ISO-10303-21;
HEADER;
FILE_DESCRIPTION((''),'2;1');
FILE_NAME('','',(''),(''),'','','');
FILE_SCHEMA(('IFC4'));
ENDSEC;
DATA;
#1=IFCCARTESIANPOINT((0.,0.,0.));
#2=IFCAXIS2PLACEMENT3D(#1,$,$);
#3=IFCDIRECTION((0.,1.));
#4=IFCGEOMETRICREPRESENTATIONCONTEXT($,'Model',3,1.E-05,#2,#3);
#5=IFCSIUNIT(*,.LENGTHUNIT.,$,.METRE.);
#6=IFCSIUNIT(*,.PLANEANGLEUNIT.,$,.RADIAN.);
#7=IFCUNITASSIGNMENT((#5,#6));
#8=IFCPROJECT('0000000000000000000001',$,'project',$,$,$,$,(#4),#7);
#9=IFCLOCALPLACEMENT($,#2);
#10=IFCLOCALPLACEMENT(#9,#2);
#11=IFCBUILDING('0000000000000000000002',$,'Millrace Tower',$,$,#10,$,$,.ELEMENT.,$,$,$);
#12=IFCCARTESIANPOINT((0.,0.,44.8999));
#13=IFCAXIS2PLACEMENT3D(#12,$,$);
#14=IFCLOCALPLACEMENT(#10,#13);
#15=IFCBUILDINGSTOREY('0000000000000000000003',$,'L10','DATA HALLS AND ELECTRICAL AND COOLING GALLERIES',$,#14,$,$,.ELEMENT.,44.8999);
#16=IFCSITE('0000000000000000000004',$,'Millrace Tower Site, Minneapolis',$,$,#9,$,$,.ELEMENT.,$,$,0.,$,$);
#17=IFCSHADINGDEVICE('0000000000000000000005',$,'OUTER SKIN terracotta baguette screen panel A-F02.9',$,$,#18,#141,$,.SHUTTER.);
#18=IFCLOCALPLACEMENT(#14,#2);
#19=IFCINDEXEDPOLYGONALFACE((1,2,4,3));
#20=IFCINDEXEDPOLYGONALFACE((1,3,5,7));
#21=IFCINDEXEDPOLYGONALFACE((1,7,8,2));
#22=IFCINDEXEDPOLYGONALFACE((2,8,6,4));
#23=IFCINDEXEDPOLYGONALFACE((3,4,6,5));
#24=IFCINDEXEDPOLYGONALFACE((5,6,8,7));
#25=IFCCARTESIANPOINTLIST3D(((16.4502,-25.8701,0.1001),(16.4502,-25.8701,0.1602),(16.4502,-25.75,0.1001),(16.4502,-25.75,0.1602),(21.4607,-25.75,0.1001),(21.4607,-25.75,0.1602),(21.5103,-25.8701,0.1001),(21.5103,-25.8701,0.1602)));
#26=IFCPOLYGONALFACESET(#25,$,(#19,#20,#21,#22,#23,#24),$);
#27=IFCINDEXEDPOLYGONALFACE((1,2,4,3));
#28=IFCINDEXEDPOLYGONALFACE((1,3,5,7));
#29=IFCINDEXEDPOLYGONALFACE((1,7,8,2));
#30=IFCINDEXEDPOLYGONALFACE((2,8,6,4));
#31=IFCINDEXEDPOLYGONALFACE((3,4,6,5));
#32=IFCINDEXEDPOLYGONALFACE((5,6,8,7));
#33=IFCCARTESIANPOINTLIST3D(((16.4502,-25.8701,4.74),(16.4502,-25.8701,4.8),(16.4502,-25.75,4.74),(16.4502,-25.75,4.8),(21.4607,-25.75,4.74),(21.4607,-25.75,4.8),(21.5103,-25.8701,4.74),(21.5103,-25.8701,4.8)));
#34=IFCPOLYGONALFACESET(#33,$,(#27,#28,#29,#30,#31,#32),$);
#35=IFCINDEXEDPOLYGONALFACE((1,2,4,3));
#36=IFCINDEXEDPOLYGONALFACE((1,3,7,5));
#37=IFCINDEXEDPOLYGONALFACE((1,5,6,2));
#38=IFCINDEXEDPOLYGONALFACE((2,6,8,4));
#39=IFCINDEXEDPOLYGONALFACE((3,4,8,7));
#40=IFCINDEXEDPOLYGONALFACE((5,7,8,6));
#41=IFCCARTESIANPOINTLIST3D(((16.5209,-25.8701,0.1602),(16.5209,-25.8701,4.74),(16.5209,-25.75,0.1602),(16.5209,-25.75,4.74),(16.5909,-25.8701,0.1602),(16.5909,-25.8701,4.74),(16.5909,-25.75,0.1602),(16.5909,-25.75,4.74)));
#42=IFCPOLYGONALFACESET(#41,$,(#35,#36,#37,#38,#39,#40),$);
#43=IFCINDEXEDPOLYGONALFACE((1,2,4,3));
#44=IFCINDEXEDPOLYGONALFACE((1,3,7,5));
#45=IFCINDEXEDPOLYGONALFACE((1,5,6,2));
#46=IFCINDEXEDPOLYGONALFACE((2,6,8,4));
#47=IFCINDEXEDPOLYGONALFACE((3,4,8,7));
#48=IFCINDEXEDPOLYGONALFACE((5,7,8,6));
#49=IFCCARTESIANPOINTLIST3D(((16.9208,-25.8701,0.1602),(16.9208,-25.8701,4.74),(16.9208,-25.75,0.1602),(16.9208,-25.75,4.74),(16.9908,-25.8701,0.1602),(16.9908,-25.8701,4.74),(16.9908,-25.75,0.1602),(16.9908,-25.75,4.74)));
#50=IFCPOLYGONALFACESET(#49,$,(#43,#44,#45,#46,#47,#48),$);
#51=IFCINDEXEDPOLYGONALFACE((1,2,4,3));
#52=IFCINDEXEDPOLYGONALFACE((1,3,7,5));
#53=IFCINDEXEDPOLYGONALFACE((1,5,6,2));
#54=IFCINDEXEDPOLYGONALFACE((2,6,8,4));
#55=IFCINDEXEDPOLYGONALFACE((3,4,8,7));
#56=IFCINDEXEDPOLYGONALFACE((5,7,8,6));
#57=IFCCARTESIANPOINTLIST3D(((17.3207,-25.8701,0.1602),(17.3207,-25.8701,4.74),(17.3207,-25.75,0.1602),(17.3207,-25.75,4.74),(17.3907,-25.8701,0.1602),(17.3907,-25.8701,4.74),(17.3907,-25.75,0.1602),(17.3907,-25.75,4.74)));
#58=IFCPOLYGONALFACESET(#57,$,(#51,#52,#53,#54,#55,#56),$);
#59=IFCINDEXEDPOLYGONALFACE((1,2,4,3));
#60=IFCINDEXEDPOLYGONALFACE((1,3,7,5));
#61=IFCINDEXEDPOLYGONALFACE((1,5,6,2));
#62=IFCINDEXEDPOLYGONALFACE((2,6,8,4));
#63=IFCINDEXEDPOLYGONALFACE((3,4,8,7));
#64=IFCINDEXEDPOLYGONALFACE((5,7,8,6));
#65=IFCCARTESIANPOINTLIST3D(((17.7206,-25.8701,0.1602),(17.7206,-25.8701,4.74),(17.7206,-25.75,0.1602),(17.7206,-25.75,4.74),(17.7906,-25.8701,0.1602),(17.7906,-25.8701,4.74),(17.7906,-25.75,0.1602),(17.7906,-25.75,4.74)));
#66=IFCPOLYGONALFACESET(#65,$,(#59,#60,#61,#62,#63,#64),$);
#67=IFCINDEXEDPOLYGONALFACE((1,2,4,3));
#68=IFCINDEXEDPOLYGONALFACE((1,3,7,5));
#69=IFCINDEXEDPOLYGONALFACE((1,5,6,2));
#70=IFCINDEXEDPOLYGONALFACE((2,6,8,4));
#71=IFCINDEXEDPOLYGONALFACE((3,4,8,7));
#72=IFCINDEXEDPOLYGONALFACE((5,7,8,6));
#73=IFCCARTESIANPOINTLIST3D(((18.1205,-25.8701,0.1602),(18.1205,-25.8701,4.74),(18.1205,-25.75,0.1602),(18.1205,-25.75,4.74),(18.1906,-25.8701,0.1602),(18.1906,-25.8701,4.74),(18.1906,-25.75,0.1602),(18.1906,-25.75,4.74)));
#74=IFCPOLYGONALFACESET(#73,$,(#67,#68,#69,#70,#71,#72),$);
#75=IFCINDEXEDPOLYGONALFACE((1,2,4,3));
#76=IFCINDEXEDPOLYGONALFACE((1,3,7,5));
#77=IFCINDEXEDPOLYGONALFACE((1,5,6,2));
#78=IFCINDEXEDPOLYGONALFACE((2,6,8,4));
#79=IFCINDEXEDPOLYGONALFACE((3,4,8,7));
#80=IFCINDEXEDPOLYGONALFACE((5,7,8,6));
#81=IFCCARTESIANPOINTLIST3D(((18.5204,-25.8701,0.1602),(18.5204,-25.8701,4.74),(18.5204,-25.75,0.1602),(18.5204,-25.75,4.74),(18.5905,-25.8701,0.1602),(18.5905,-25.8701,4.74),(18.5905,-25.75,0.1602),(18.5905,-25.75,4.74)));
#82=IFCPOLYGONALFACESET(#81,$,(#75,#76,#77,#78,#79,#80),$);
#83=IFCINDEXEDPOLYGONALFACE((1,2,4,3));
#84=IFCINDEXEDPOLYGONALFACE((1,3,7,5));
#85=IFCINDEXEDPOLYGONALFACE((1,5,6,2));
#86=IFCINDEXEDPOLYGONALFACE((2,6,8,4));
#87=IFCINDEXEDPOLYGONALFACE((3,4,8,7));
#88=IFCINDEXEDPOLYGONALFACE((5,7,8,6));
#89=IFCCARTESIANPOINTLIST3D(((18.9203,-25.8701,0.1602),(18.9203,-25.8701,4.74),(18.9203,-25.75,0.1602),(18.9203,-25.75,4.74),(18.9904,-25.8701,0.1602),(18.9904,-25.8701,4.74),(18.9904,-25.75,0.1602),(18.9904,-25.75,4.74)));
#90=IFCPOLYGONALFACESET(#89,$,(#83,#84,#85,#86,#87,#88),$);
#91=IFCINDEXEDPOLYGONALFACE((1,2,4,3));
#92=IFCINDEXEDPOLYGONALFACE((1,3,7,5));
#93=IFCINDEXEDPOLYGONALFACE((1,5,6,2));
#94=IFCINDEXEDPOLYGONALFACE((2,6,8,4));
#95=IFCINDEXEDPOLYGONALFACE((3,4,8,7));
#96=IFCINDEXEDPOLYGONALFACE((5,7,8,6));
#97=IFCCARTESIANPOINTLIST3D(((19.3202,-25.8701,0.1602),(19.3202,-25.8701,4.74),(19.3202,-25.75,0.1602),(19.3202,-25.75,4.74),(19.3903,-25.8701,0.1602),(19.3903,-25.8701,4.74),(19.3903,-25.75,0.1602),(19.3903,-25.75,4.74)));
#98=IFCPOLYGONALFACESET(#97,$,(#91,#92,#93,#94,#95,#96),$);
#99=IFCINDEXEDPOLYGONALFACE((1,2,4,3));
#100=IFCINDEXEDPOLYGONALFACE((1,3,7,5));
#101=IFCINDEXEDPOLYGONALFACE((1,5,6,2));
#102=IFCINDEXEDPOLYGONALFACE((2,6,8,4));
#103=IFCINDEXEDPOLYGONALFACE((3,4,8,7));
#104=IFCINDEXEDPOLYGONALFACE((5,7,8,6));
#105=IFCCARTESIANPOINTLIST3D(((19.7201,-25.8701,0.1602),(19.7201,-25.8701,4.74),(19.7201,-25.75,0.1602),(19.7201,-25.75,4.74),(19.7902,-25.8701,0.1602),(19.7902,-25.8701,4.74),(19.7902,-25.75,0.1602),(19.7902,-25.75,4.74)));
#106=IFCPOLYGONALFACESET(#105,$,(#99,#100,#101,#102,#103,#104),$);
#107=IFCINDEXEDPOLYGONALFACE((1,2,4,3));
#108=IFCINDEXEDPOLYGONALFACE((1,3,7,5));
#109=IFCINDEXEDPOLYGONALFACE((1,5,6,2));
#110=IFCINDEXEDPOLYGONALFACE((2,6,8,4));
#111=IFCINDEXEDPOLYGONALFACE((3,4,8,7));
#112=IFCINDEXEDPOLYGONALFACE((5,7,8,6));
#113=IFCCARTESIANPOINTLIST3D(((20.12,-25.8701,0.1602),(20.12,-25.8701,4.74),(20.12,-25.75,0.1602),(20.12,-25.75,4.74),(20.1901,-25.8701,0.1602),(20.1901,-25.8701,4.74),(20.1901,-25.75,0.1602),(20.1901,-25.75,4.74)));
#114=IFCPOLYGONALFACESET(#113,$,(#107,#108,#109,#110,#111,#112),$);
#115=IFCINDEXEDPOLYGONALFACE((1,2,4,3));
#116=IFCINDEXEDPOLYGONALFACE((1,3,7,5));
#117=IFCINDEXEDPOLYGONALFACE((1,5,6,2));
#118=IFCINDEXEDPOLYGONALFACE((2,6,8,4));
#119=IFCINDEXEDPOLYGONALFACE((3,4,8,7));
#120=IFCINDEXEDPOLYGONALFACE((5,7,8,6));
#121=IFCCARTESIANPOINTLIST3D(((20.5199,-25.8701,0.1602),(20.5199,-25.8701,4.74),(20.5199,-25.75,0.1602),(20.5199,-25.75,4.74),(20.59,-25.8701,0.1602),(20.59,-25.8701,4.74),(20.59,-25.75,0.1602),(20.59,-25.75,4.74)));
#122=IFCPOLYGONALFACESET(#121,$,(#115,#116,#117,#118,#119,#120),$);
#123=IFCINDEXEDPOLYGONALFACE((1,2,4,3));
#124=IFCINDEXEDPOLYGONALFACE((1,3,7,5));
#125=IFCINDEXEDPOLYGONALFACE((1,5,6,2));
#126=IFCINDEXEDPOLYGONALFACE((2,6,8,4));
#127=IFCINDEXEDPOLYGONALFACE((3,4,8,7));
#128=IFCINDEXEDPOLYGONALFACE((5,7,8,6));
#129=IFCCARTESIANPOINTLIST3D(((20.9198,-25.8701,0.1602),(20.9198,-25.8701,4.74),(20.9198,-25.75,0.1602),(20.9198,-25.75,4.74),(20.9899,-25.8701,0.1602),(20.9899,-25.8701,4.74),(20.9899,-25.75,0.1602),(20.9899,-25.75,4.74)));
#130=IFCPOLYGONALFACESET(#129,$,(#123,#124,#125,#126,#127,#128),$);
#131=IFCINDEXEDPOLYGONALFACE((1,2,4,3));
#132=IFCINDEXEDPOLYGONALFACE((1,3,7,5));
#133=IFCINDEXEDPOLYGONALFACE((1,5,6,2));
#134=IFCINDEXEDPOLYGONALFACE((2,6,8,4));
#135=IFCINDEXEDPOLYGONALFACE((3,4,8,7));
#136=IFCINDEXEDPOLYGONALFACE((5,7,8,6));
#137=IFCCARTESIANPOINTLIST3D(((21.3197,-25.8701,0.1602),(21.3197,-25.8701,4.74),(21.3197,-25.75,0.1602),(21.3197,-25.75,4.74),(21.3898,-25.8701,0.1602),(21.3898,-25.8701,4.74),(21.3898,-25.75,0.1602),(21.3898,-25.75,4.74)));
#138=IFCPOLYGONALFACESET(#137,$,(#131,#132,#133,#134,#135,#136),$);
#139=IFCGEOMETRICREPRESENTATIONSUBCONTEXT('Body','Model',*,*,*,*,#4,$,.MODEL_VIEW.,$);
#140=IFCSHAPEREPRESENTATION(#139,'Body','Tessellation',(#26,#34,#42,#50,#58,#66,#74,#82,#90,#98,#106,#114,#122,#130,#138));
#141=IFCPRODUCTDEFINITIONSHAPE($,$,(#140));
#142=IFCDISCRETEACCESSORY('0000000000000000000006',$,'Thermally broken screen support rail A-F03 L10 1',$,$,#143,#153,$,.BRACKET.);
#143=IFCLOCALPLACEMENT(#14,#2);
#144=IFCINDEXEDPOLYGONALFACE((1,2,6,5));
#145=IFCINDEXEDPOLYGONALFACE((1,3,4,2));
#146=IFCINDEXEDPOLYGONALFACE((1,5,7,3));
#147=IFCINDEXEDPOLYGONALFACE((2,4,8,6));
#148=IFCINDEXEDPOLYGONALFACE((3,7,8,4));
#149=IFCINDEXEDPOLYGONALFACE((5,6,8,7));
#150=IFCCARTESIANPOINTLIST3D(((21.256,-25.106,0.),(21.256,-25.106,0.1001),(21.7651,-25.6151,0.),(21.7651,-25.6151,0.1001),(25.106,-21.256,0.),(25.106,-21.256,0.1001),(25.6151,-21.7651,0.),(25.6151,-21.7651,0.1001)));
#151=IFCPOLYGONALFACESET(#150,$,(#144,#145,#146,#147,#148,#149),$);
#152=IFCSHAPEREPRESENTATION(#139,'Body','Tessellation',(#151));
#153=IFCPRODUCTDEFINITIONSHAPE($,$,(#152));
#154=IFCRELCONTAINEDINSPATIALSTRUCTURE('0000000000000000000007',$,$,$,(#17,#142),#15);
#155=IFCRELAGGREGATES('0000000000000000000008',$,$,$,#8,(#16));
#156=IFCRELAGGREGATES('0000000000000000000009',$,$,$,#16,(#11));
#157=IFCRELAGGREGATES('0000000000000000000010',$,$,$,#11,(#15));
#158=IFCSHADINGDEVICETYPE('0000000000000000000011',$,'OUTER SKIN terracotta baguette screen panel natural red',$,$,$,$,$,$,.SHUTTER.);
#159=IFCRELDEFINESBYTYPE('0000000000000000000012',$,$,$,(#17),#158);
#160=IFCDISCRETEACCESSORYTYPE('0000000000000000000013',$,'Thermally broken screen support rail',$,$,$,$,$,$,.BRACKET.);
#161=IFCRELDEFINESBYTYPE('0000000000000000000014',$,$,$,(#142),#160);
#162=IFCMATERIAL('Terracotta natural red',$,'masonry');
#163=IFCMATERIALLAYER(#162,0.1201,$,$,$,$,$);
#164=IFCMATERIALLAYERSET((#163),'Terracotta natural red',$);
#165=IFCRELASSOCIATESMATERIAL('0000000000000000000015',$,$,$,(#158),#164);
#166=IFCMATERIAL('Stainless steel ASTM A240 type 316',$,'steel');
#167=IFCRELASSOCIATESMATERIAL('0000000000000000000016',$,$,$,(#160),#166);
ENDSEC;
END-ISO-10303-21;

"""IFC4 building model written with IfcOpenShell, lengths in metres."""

from ifc_helpers import new_model, entity, si_unit, direction, frame, frame_2d, origin, origin_2d, place, context, subcontext, project, spatial, rectangle, extrude, source, transform, mapped, material, layer, layer_set, type_object, element, save


model = new_model("IFC4")

# Units and contexts
model_context = context("Model", 3, precision=1e-05, world=origin(), true_north=direction((0.0, 1.0)))
body_context = subcontext(model_context, "Body", "Model", "MODEL_VIEW")
ifc_project = project(units=[si_unit("LENGTHUNIT", "METRE"), si_unit("PLANEANGLEUNIT", "RADIAN")], contexts=[model_context])

# Site, building, storey
site_placement = place(None, origin())
site = spatial("IfcSite", under=ifc_project, at=site_placement, Name="Millrace Tower Site, Minneapolis", CompositionType="ELEMENT", RefElevation=0.0)
building_placement = place(site_placement, origin())
building = spatial("IfcBuilding", under=site, at=building_placement, Name="Millrace Tower", CompositionType="ELEMENT")
storey_placement = place(building_placement, frame((0.0, 0.0, 44.8999)))
storey = spatial("IfcBuildingStorey", under=building, at=storey_placement, Name="L10", Description="DATA HALLS AND ELECTRICAL AND COOLING GALLERIES", CompositionType="ELEMENT", Elevation=44.8999)

# Shading device
ifc_material_1 = material(Name="Terracotta natural red", Category="masonry")
ifc_layer_1 = layer(ifc_material_1, 0.1201)
ifc_layer_set_1 = layer_set([ifc_layer_1], Name="Terracotta natural red")
shading_device_type_1 = type_object("IfcShadingDeviceType", Name="OUTER SKIN terracotta baguette screen panel natural red", PredefinedType="SHUTTER", material=ifc_layer_set_1)
cartesian_point_1 = entity("IfcCartesianPoint", [-2.5176, 0.0601])
shared_polyline_1 = entity("IfcPolyline", [cartesian_point_1, entity("IfcCartesianPoint", [2.4929, 0.0601]), entity("IfcCartesianPoint", [2.5425, -0.0601]), entity("IfcCartesianPoint", [-2.5176, -0.0601]), cartesian_point_1])
shared_shape_1 = source(origin(), body_context, "Body", "SweptSolid", [
    entity("IfcExtrudedAreaSolid", entity("IfcArbitraryClosedProfileDef", "AREA", None, shared_polyline_1), entity("IfcAxis2Placement3D", entity("IfcCartesianPoint", [0.0, 0.0, 0.0])), entity("IfcDirection", [0.0, 0.0, 1.0]), 0.0601),
    entity("IfcExtrudedAreaSolid", entity("IfcArbitraryClosedProfileDef", "AREA", None, shared_polyline_1), entity("IfcAxis2Placement3D", entity("IfcCartesianPoint", [0.0, 0.0, 4.6399])), entity("IfcDirection", [0.0, 0.0, 1.0]), 0.0601),
    extrude(rectangle(XDim=0.0701, YDim=0.1201, at=frame_2d((-2.4119, 0.0))), frame((0.0, 0.0, 0.0601)), (0.0, 0.0, 1.0), 4.5798),
    extrude(rectangle(XDim=0.0701, YDim=0.1201, at=frame_2d((-2.012, 0.0))), frame((0.0, 0.0, 0.0601)), (0.0, 0.0, 1.0), 4.5798),
    extrude(rectangle(XDim=0.0701, YDim=0.1201, at=frame_2d((-1.6121, 0.0))), frame((0.0, 0.0, 0.0601)), (0.0, 0.0, 1.0), 4.5798),
    extrude(rectangle(XDim=0.0701, YDim=0.1201, at=frame_2d((-1.2122, 0.0))), frame((0.0, 0.0, 0.0601)), (0.0, 0.0, 1.0), 4.5798),
    extrude(rectangle(XDim=0.0701, YDim=0.1201, at=frame_2d((-0.8123, 0.0))), frame((0.0, 0.0, 0.0601)), (0.0, 0.0, 1.0), 4.5798),
    extrude(rectangle(XDim=0.0701, YDim=0.1201, at=frame_2d((-0.4124, 0.0))), frame((0.0, 0.0, 0.0601)), (0.0, 0.0, 1.0), 4.5798),
    extrude(rectangle(XDim=0.0701, YDim=0.1201, at=frame_2d((-0.0125, 0.0))), frame((0.0, 0.0, 0.0601)), (0.0, 0.0, 1.0), 4.5798),
    extrude(rectangle(XDim=0.0701, YDim=0.1201, at=frame_2d((0.3875, 0.0))), frame((0.0, 0.0, 0.0601)), (0.0, 0.0, 1.0), 4.5798),
    extrude(rectangle(XDim=0.0701, YDim=0.1201, at=frame_2d((0.7874, 0.0))), frame((0.0, 0.0, 0.0601)), (0.0, 0.0, 1.0), 4.5798),
    extrude(rectangle(XDim=0.0701, YDim=0.1201, at=frame_2d((1.1873, 0.0))), frame((0.0, 0.0, 0.0601)), (0.0, 0.0, 1.0), 4.5798),
    extrude(rectangle(XDim=0.0701, YDim=0.1201, at=frame_2d((1.5872, 0.0))), frame((0.0, 0.0, 0.0601)), (0.0, 0.0, 1.0), 4.5798),
    extrude(rectangle(XDim=0.0701, YDim=0.1201, at=frame_2d((1.9871, 0.0))), frame((0.0, 0.0, 0.0601)), (0.0, 0.0, 1.0), 4.5798),
    extrude(rectangle(XDim=0.0701, YDim=0.1201, at=frame_2d((2.387, 0.0))), frame((0.0, 0.0, 0.0601)), (0.0, 0.0, 1.0), 4.5798),
])
shading_device_1_placement = place(storey_placement, frame((18.9678, -25.8101, 0.1001), z_axis=(0.0, 0.0, 1.0), x_axis=(1.0, 0.0, 0.0)))
element("IfcShadingDevice", 1, at=shading_device_1_placement, inside=storey, type_object=shading_device_type_1, Name="OUTER SKIN terracotta baguette screen panel A-F02.9", PredefinedType="SHUTTER", context=body_context, shape_type="MappedRepresentation", body=[
    mapped(shared_shape_1, transform((0.0, 0.0, 0.0), scale=1.0)),
])

# Discrete accessory
ifc_material_2 = material(Name="Stainless steel ASTM A240 type 316", Category="steel")
discrete_accessory_type = type_object("IfcDiscreteAccessoryType", Name="Thermally broken screen support rail", PredefinedType="BRACKET", material=ifc_material_2)
discrete_accessory_placement = place(storey_placement, frame((23.4355, -23.4355, 0.0), z_axis=(0.0, 0.0, 1.0), x_axis=(0.707107, 0.707107, 0.0)))
element("IfcDiscreteAccessory", 2, at=discrete_accessory_placement, inside=storey, type_object=discrete_accessory_type, Name="Thermally broken screen support rail A-F03 L10 1", PredefinedType="BRACKET", context=body_context, shape_type="SweptSolid", body=[
    extrude(rectangle(XDim=5.4448, YDim=0.72, at=origin_2d()), origin(), (0.0, 0.0, 1.0), 0.1001),
])

save(model, "model.ifc")
